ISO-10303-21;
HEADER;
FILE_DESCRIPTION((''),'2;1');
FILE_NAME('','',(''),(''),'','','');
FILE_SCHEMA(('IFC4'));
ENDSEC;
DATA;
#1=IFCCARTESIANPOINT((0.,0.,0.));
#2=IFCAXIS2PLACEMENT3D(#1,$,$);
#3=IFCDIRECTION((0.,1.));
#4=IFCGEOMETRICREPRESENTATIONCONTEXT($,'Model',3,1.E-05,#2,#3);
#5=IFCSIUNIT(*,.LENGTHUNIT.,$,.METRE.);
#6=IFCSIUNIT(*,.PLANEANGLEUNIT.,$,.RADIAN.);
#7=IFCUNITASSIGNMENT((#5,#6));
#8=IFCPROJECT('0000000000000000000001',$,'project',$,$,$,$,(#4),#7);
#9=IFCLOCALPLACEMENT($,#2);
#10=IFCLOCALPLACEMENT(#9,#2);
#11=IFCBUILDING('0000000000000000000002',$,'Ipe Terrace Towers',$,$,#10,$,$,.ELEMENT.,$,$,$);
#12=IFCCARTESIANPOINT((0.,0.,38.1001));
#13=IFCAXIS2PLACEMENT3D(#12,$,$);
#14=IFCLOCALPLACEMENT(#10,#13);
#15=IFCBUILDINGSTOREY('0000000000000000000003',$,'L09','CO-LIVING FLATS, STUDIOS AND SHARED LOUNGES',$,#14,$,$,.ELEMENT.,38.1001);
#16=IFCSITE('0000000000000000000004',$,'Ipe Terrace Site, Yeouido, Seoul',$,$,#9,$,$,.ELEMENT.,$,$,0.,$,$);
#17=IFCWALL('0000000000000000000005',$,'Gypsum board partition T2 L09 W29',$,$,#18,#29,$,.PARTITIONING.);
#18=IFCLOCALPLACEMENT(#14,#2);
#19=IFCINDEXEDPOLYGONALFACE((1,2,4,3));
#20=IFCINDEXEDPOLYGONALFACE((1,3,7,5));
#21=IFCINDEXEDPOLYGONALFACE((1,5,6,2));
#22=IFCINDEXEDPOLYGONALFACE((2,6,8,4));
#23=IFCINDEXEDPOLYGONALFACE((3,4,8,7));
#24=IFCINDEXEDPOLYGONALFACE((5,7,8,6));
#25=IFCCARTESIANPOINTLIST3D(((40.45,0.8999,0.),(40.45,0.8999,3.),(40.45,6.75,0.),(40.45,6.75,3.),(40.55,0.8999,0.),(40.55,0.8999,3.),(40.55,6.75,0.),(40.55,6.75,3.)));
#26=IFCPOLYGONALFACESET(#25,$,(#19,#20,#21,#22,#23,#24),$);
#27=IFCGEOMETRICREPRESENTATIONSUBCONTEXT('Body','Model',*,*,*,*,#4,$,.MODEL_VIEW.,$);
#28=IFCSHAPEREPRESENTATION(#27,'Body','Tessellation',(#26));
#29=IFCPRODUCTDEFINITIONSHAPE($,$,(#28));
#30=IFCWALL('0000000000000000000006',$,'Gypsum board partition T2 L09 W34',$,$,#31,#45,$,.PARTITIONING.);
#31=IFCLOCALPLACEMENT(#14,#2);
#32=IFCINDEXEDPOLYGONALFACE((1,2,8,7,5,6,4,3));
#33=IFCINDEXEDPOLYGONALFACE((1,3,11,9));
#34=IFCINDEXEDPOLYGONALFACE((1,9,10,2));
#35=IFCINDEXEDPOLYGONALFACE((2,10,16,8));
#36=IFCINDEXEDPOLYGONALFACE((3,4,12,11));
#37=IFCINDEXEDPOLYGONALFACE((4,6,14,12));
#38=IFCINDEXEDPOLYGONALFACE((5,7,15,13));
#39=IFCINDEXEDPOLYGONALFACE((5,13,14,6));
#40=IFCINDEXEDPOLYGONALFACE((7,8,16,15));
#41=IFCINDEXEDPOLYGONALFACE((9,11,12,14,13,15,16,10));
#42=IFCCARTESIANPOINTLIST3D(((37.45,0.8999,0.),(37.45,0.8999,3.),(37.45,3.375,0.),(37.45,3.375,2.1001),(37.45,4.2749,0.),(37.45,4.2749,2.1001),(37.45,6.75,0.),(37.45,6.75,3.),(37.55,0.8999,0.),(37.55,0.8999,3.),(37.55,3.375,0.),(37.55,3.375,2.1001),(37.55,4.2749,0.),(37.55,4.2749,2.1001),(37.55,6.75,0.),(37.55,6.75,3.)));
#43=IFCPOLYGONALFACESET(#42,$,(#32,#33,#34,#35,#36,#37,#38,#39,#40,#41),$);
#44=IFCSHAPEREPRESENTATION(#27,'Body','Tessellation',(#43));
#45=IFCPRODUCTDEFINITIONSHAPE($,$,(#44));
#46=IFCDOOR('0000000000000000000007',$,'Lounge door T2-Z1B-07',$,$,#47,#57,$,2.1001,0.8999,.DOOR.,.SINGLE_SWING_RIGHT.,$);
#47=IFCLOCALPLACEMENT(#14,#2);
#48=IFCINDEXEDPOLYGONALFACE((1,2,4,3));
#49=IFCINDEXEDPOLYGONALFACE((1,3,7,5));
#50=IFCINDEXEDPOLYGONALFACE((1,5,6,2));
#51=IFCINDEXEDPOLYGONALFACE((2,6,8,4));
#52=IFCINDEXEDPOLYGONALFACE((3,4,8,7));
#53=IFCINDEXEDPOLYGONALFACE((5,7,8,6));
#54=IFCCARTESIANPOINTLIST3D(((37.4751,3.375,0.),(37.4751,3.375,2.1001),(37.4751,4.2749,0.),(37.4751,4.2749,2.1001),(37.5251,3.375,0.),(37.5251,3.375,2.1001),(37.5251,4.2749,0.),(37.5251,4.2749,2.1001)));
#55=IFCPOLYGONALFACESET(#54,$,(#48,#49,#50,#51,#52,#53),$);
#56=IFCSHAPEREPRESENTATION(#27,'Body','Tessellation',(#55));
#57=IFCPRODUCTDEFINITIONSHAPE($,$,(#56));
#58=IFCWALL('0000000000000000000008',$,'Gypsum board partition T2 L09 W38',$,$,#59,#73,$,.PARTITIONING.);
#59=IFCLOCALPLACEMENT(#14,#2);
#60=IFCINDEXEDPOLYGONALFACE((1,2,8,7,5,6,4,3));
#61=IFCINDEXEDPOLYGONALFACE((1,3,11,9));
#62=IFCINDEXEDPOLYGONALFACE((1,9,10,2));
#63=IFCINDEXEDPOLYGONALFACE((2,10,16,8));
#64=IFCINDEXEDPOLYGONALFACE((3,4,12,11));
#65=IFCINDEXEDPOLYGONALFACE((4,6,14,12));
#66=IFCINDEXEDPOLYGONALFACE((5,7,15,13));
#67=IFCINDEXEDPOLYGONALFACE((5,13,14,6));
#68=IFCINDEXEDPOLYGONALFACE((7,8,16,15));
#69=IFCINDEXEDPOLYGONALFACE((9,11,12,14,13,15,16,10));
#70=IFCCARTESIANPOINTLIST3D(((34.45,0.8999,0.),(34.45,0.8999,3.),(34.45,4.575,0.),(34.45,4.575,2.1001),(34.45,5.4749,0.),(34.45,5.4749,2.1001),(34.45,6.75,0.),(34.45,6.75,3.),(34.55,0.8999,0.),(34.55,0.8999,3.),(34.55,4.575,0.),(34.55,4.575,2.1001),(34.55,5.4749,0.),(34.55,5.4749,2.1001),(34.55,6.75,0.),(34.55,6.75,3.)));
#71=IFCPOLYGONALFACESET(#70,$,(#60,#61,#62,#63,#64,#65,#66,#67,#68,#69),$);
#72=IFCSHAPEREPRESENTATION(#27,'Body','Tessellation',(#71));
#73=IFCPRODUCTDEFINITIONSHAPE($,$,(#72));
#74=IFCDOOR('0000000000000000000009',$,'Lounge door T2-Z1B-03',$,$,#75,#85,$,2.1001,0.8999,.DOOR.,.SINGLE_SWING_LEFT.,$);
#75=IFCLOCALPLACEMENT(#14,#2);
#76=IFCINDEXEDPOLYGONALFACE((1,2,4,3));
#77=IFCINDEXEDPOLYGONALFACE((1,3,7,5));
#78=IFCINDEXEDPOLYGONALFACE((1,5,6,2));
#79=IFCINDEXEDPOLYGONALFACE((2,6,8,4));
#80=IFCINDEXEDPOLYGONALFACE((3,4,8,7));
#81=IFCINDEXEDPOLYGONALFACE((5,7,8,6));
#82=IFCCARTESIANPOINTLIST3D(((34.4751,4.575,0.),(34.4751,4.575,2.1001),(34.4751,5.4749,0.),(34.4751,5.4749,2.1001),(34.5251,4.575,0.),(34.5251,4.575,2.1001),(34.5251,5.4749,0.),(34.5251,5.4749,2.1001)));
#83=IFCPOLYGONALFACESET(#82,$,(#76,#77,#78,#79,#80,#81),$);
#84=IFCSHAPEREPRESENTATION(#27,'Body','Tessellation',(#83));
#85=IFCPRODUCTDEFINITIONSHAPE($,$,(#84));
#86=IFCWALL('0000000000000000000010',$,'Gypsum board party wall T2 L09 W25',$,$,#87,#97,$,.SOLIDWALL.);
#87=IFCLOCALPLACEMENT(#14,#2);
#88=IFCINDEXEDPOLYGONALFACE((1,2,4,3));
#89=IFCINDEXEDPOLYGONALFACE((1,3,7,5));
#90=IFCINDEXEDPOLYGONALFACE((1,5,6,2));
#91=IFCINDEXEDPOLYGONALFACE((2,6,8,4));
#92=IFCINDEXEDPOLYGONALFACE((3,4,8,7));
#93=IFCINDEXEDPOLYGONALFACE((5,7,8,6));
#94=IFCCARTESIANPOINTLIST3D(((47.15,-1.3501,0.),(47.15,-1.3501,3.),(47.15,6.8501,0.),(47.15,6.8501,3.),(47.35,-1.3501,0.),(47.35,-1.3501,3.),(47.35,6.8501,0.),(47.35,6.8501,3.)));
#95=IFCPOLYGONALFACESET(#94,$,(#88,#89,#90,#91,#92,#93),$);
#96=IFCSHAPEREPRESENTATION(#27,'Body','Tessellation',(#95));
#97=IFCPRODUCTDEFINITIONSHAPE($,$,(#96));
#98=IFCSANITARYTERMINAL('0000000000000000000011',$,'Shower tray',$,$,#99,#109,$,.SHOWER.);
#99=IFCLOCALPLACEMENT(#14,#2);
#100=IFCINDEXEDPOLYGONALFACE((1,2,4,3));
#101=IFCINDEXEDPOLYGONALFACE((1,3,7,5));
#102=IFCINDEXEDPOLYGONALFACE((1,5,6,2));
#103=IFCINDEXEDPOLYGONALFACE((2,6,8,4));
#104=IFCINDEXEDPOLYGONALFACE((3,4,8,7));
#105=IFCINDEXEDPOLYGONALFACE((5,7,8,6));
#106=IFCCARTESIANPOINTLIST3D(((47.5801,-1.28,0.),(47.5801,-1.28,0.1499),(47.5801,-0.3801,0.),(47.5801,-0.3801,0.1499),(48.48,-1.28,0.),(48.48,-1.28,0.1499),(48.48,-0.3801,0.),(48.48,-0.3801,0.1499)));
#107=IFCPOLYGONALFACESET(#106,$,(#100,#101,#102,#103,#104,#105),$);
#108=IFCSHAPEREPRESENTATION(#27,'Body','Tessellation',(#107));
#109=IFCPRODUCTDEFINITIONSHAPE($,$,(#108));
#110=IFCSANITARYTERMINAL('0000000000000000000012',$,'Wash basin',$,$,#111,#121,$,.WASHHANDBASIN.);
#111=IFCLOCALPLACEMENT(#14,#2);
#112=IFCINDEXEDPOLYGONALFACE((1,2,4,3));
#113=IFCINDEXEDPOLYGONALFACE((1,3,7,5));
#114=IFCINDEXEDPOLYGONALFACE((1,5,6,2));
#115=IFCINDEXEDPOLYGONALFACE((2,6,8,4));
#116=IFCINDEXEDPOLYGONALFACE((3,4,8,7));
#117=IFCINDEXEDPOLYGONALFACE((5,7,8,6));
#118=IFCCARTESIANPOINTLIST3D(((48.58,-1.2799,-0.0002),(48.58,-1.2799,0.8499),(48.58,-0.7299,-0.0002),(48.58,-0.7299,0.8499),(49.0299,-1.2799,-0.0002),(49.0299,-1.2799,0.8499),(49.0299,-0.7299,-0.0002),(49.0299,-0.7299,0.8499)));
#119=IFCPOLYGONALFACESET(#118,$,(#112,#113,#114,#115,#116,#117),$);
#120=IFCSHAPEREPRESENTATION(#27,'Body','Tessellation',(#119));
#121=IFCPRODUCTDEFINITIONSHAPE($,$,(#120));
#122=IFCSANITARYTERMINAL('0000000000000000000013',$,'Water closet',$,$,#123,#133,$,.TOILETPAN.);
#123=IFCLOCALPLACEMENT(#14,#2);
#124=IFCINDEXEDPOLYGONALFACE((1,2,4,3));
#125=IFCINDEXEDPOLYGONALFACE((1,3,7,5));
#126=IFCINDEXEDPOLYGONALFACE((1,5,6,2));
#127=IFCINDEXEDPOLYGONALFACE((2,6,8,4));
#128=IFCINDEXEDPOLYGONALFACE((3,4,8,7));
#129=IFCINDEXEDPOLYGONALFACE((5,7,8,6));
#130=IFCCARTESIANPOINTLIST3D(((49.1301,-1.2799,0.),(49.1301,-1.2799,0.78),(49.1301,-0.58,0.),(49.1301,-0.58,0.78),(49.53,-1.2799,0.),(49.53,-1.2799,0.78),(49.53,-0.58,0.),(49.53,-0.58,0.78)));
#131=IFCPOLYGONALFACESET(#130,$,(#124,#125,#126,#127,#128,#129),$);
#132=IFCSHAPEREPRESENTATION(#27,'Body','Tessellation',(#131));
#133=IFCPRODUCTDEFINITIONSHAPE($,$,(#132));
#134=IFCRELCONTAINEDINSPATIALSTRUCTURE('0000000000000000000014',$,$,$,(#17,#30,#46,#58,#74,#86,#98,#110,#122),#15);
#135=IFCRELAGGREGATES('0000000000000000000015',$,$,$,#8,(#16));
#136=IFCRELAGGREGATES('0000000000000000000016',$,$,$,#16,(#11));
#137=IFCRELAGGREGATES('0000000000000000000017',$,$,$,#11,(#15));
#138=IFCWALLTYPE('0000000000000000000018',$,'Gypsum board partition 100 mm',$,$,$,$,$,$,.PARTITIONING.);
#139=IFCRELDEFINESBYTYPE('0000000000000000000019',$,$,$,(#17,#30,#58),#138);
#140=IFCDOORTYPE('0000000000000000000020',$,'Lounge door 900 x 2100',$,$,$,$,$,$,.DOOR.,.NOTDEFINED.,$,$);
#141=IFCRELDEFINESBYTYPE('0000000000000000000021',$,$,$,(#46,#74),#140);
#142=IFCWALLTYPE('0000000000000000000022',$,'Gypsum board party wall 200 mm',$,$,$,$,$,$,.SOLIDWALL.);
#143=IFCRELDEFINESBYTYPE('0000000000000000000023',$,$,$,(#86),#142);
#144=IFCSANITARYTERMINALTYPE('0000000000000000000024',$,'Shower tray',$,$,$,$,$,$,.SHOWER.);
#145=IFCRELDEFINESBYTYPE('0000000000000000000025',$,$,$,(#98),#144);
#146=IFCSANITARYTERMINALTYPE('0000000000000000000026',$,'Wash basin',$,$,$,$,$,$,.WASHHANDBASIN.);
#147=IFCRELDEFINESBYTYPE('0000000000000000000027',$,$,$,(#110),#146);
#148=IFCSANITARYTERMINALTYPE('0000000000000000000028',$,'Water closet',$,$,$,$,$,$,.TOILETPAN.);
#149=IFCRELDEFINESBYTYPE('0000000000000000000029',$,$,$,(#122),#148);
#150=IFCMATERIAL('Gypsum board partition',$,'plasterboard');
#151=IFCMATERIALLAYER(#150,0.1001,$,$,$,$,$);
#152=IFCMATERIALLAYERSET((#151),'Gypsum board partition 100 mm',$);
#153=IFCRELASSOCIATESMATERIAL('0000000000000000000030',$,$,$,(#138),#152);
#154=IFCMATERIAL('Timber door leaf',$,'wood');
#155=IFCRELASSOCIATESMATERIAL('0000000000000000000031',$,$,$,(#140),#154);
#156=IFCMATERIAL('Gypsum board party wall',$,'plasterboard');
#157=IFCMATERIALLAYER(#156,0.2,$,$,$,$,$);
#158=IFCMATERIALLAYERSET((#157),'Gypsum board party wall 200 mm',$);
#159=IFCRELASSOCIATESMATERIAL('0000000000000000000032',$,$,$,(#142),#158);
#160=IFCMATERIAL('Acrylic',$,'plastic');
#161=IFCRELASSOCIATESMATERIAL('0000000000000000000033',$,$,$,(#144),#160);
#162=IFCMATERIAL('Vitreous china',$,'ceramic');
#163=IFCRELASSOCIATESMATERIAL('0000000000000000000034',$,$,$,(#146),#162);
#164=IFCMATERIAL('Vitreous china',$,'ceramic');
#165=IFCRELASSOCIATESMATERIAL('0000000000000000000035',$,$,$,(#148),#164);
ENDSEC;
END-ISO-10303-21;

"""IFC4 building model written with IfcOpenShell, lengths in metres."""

from ifc_helpers import new_model, si_unit, direction, frame, frame_2d, origin, origin_2d, place, context, subcontext, project, spatial, rectangle, extrude, material, layer, layer_set, type_object, element, fill, save


model = new_model("IFC4")

# Units and contexts
model_context = context("Model", 3, precision=1e-05, world=origin(), true_north=direction((0.0, 1.0)))
body_context = subcontext(model_context, "Body", "Model", "MODEL_VIEW")
ifc_project = project(units=[si_unit("LENGTHUNIT", "METRE"), si_unit("PLANEANGLEUNIT", "RADIAN")], contexts=[model_context])

# Site, building, storey
site_placement = place(None, origin())
site = spatial("IfcSite", under=ifc_project, at=site_placement, Name="Ipe Terrace Site, Yeouido, Seoul", CompositionType="ELEMENT", RefElevation=0.0)
building_placement = place(site_placement, origin())
building = spatial("IfcBuilding", under=site, at=building_placement, Name="Ipe Terrace Towers", CompositionType="ELEMENT")
storey_placement = place(building_placement, frame((0.0, 0.0, 38.1001)))
storey = spatial("IfcBuildingStorey", under=building, at=storey_placement, Name="L09", Description="CO-LIVING FLATS, STUDIOS AND SHARED LOUNGES", CompositionType="ELEMENT", Elevation=38.1001)

# Shared definitions
ifc_material_1 = material(Name="Gypsum board partition", Category="plasterboard")
ifc_layer_1 = layer(ifc_material_1, 0.1001)
ifc_layer_set_1 = layer_set([ifc_layer_1], Name="Gypsum board partition 100 mm")
wall_type_1 = type_object("IfcWallType", Name="Gypsum board partition 100 mm", PredefinedType="PARTITIONING", material=ifc_layer_set_1)

# Shared definitions
ifc_material_2 = material(Name="Timber door leaf", Category="wood")
door_type_1 = type_object("IfcDoorType", Name="Lounge door 900 x 2100", OperationType="NOTDEFINED", PredefinedType="DOOR", material=ifc_material_2)

# Wall
wall_1_placement = place(storey_placement, frame((40.5, 0.8999, 0.0), z_axis=(0.0, 0.0, 1.0), x_axis=(0.0, 1.0, 0.0)))
element("IfcWall", 1, at=wall_1_placement, inside=storey, type_object=wall_type_1, Name="Gypsum board partition T2 L09 W29", PredefinedType="PARTITIONING", context=body_context, shape_type="SweptSolid", body=[
    extrude(rectangle(XDim=5.8501, YDim=0.1001, at=frame_2d((2.925, 0.0))), origin(), (0.0, 0.0, 1.0), 3.0),
])

# Walls, openings, doors
wall_2_placement = place(storey_placement, frame((37.5, 0.8999, 0.0), z_axis=(0.0, 0.0, 1.0), x_axis=(0.0, 1.0, 0.0)))
wall_2 = element("IfcWall", 2, at=wall_2_placement, inside=storey, type_object=wall_type_1, Name="Gypsum board partition T2 L09 W34", PredefinedType="PARTITIONING", context=body_context, shape_type="SweptSolid", body=[
    extrude(rectangle(XDim=5.8501, YDim=0.1001, at=frame_2d((2.925, 0.0))), origin(), (0.0, 0.0, 1.0), 3.0),
])
opening_1_placement = place(wall_2_placement, frame((2.4751, 0.0, 0.0)))
opening_1 = element("IfcOpeningElement", 3, at=opening_1_placement, cuts=wall_2, PredefinedType="OPENING", context=body_context, shape_type="SweptSolid", body=[
    extrude(rectangle(XDim=0.8999, YDim=2.1001, at=frame_2d((0.45, 1.05))), frame((0.0, 0.0601, 0.0), z_axis=(0.0, -1.0, 0.0), x_axis=(1.0, 0.0, 0.0)), (0.0, 0.0, 1.0), 0.1201),
])
door_1_placement = place(opening_1_placement, origin())
door_1 = element("IfcDoor", 4, at=door_1_placement, inside=storey, type_object=door_type_1, Name="Lounge door T2-Z1B-07", OperationType="SINGLE_SWING_RIGHT", OverallHeight=2.1001, OverallWidth=0.8999, PredefinedType="DOOR", context=body_context, shape_type="SweptSolid", body=[
    extrude(rectangle(XDim=0.8999, YDim=2.1001, at=frame_2d((0.45, 1.05))), frame((0.0, 0.0249, 0.0), z_axis=(0.0, -1.0, 0.0), x_axis=(1.0, 0.0, 0.0)), (0.0, 0.0, 1.0), 0.05),
])
fill(opening_1, door_1)
wall_3_placement = place(storey_placement, frame((34.5, 0.8999, 0.0), z_axis=(0.0, 0.0, 1.0), x_axis=(0.0, 1.0, 0.0)))
wall_3 = element("IfcWall", 5, at=wall_3_placement, inside=storey, type_object=wall_type_1, Name="Gypsum board partition T2 L09 W38", PredefinedType="PARTITIONING", context=body_context, shape_type="SweptSolid", body=[
    extrude(rectangle(XDim=5.8501, YDim=0.1001, at=frame_2d((2.925, 0.0))), origin(), (0.0, 0.0, 1.0), 3.0),
])
opening_2_placement = place(wall_3_placement, frame((3.675, 0.0, 0.0)))
opening_2 = element("IfcOpeningElement", 6, at=opening_2_placement, cuts=wall_3, PredefinedType="OPENING", context=body_context, shape_type="SweptSolid", body=[
    extrude(rectangle(XDim=0.8999, YDim=2.1001, at=frame_2d((0.45, 1.05))), frame((0.0, 0.0601, 0.0), z_axis=(0.0, -1.0, 0.0), x_axis=(1.0, 0.0, 0.0)), (0.0, 0.0, 1.0), 0.1201),
])
door_2_placement = place(opening_2_placement, origin())
door_2 = element("IfcDoor", 7, at=door_2_placement, inside=storey, type_object=door_type_1, Name="Lounge door T2-Z1B-03", OperationType="SINGLE_SWING_LEFT", OverallHeight=2.1001, OverallWidth=0.8999, PredefinedType="DOOR", context=body_context, shape_type="SweptSolid", body=[
    extrude(rectangle(XDim=0.8999, YDim=2.1001, at=frame_2d((0.45, 1.05))), frame((0.0, 0.0249, 0.0), z_axis=(0.0, -1.0, 0.0), x_axis=(1.0, 0.0, 0.0)), (0.0, 0.0, 1.0), 0.05),
])
fill(opening_2, door_2)

# Wall
ifc_material_3 = material(Name="Gypsum board party wall", Category="plasterboard")
ifc_layer_2 = layer(ifc_material_3, 0.2)
ifc_layer_set_2 = layer_set([ifc_layer_2], Name="Gypsum board party wall 200 mm")
wall_type_2 = type_object("IfcWallType", Name="Gypsum board party wall 200 mm", PredefinedType="SOLIDWALL", material=ifc_layer_set_2)
wall_4_placement = place(storey_placement, frame((47.25, -1.3501, 0.0), z_axis=(0.0, 0.0, 1.0), x_axis=(0.0, 1.0, 0.0)))
element("IfcWall", 8, at=wall_4_placement, inside=storey, type_object=wall_type_2, Name="Gypsum board party wall T2 L09 W25", PredefinedType="SOLIDWALL", context=body_context, shape_type="SweptSolid", body=[
    extrude(rectangle(XDim=8.2002, YDim=0.2, at=frame_2d((4.1001, 0.0))), origin(), (0.0, 0.0, 1.0), 3.0),
])

# Sanitary terminals
ifc_material_4 = material(Name="Acrylic", Category="plastic")
sanitary_terminal_type_1 = type_object("IfcSanitaryTerminalType", Name="Shower tray", PredefinedType="SHOWER", material=ifc_material_4)
sanitary_terminal_1_placement = place(storey_placement, frame((48.03, -0.8301, 0.0), z_axis=(0.0, 0.0, 1.0), x_axis=(0.0, 1.0, 0.0)))
element("IfcSanitaryTerminal", 9, at=sanitary_terminal_1_placement, inside=storey, type_object=sanitary_terminal_type_1, Name="Shower tray", PredefinedType="SHOWER", context=body_context, shape_type="SweptSolid", body=[
    extrude(rectangle(XDim=0.8999, YDim=0.8999, at=origin_2d()), origin(), (0.0, 0.0, 1.0), 0.1499),
])
ifc_material_5 = material(Name="Vitreous china", Category="ceramic")
sanitary_terminal_type_2 = type_object("IfcSanitaryTerminalType", Name="Wash basin", PredefinedType="WASHHANDBASIN", material=ifc_material_5)
sanitary_terminal_2_placement = place(storey_placement, frame((48.8049, -1.0049, -0.0002), z_axis=(0.0, 0.0, 1.0), x_axis=(0.0, 1.0, 0.0)))
element("IfcSanitaryTerminal", 10, at=sanitary_terminal_2_placement, inside=storey, type_object=sanitary_terminal_type_2, Name="Wash basin", PredefinedType="WASHHANDBASIN", context=body_context, shape_type="SweptSolid", body=[
    extrude(rectangle(XDim=0.55, YDim=0.45, at=origin_2d()), origin(), (0.0, 0.0, 1.0), 0.8501),
])
ifc_material_6 = material(Name="Vitreous china", Category="ceramic")
sanitary_terminal_type_3 = type_object("IfcSanitaryTerminalType", Name="Water closet", PredefinedType="TOILETPAN", material=ifc_material_6)
sanitary_terminal_3_placement = place(storey_placement, frame((49.3301, -0.9299, 0.0), z_axis=(0.0, 0.0, 1.0), x_axis=(0.0, 1.0, 0.0)))
element("IfcSanitaryTerminal", 11, at=sanitary_terminal_3_placement, inside=storey, type_object=sanitary_terminal_type_3, Name="Water closet", PredefinedType="TOILETPAN", context=body_context, shape_type="SweptSolid", body=[
    extrude(rectangle(XDim=0.7, YDim=0.3999, at=origin_2d()), origin(), (0.0, 0.0, 1.0), 0.78),
])

save(model, "model.ifc")
